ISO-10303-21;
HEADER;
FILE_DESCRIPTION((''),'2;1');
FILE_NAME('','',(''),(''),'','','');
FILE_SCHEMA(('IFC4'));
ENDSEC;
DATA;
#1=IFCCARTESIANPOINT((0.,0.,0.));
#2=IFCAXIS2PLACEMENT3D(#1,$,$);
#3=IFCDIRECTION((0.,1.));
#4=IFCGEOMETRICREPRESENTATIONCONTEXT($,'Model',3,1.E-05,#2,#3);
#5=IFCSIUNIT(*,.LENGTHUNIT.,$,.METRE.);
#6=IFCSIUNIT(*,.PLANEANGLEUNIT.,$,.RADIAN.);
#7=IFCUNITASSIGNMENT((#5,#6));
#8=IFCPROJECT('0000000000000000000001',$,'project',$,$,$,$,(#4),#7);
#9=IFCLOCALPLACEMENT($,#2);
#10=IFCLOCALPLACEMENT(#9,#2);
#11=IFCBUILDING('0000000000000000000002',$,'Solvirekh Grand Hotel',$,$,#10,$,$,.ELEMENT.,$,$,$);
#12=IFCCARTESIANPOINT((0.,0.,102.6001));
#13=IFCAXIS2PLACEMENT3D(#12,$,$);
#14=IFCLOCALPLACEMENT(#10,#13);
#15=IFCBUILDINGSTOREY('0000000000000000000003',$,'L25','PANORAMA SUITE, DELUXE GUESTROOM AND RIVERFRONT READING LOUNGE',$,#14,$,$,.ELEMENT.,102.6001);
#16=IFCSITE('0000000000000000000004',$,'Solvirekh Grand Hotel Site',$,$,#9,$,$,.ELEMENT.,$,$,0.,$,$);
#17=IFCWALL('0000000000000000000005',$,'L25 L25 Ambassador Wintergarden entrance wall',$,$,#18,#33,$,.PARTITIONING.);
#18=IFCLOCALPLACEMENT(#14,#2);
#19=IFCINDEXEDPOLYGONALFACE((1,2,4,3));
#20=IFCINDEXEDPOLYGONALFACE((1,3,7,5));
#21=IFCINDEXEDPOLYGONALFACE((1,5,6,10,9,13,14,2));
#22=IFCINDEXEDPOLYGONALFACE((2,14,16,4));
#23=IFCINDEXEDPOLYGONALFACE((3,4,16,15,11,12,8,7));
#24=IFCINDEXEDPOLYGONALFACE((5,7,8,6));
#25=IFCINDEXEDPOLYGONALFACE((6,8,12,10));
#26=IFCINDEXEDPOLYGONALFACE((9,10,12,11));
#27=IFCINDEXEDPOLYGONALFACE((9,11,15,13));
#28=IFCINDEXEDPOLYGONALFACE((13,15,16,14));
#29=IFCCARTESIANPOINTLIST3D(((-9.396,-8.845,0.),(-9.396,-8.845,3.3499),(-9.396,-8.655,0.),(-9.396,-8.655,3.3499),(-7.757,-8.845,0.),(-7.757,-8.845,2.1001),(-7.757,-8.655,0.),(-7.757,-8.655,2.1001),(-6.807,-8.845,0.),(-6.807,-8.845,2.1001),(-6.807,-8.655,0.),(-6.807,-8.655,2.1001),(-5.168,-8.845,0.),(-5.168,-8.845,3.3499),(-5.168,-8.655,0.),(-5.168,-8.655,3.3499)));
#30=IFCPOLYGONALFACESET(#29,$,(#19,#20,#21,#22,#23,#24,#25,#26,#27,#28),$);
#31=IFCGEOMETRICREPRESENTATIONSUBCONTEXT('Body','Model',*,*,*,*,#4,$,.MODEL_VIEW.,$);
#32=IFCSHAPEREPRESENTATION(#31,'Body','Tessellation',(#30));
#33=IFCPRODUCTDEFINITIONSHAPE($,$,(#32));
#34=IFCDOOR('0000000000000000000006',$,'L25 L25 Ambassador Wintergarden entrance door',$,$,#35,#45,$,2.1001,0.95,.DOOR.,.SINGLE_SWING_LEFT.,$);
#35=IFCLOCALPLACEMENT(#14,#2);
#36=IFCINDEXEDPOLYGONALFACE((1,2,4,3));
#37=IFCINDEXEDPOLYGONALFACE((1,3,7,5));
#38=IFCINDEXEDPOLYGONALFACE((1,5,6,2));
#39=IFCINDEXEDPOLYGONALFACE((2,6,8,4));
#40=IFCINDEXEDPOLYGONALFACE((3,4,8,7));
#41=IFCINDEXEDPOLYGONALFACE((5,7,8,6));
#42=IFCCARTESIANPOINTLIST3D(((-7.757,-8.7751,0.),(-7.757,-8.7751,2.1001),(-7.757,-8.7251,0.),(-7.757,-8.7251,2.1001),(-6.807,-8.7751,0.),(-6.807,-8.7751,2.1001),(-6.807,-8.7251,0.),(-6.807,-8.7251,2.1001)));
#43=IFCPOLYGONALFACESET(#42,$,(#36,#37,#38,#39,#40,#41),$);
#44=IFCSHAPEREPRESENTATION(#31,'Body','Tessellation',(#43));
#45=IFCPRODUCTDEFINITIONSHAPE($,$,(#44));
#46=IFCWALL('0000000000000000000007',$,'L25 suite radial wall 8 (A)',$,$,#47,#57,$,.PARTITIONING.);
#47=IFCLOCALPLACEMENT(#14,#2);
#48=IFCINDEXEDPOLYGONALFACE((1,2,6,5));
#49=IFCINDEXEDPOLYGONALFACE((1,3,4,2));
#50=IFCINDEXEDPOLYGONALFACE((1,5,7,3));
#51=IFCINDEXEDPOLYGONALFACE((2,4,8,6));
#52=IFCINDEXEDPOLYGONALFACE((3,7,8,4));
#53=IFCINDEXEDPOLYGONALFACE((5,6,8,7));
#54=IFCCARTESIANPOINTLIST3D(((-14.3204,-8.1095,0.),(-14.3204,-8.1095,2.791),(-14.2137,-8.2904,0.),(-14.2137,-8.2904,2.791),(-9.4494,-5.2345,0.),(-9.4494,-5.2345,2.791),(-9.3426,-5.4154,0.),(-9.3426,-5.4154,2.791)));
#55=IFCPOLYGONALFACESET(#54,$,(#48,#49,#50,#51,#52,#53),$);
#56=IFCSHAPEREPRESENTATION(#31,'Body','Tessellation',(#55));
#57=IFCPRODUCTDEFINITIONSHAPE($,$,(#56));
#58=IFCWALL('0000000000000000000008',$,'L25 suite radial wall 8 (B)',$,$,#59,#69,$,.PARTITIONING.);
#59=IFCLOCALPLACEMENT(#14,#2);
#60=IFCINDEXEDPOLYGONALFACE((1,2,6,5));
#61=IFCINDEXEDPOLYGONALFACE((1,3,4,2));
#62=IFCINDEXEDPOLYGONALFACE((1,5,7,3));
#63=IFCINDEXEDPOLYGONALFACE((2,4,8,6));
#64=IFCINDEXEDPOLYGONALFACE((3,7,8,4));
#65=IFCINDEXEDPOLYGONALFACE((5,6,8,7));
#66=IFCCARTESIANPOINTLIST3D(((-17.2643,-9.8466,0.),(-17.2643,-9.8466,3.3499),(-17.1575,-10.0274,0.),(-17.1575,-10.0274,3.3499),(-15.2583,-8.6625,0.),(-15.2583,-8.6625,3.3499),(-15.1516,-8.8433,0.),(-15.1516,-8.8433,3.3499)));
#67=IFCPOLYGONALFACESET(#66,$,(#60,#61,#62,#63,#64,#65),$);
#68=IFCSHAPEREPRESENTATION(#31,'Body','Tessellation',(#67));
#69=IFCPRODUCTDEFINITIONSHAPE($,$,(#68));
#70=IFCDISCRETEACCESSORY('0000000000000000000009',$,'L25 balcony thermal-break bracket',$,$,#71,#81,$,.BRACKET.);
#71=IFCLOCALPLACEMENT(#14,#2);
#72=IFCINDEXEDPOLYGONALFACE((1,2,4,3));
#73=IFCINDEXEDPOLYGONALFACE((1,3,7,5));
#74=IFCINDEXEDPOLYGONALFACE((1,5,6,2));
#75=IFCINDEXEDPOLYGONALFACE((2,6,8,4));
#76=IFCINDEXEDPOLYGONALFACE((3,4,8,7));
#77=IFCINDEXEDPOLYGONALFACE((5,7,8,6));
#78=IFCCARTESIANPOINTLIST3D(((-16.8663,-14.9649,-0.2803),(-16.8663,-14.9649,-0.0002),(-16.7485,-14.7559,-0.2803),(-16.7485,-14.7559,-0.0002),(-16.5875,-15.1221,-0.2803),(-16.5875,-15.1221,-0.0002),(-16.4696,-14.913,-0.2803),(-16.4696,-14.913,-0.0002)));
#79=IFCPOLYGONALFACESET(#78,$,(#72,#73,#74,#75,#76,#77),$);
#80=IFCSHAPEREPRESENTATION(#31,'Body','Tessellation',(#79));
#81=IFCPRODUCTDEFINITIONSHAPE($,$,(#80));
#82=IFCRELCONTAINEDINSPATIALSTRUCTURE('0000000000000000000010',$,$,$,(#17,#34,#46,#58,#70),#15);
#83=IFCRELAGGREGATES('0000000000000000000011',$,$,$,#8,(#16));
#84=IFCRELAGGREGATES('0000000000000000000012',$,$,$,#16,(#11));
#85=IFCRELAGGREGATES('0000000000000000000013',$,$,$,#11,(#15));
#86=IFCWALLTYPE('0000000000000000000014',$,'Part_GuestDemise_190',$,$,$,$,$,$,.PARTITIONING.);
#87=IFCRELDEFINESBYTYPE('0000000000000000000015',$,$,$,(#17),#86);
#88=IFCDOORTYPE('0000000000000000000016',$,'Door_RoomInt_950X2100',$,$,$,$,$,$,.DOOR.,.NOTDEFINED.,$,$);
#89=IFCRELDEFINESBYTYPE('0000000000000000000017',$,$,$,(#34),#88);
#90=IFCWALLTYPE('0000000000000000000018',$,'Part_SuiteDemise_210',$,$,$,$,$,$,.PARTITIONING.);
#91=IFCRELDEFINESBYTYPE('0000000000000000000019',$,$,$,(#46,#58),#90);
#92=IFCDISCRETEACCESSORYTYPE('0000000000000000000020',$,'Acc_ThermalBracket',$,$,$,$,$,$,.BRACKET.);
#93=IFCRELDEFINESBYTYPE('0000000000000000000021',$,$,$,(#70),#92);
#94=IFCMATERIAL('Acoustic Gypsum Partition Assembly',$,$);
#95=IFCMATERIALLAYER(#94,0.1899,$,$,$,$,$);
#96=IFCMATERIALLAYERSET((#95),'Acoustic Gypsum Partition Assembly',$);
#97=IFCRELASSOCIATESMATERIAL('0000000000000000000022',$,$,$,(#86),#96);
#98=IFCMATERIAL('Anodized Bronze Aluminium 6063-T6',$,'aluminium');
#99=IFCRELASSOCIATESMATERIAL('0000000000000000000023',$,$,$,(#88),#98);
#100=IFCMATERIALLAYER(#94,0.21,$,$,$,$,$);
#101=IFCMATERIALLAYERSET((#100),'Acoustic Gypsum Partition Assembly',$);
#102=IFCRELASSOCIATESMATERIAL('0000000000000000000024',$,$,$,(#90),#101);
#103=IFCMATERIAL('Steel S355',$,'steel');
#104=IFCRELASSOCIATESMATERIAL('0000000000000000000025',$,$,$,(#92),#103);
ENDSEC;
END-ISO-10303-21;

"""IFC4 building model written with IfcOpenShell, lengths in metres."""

from ifc_helpers import new_model, si_unit, direction, frame, frame_2d, origin, origin_2d, place, context, subcontext, project, spatial, rectangle, extrude, material, layer, layer_set, type_object, element, fill, save


model = new_model("IFC4")

# Units and contexts
model_context = context("Model", 3, precision=1e-05, world=origin(), true_north=direction((0.0, 1.0)))
body_context = subcontext(model_context, "Body", "Model", "MODEL_VIEW")
ifc_project = project(units=[si_unit("LENGTHUNIT", "METRE"), si_unit("PLANEANGLEUNIT", "RADIAN")], contexts=[model_context])

# Site, building, storey
site_placement = place(None, origin())
site = spatial("IfcSite", under=ifc_project, at=site_placement, Name="Solvirekh Grand Hotel Site", CompositionType="ELEMENT", RefElevation=0.0)
building_placement = place(site_placement, origin())
building = spatial("IfcBuilding", under=site, at=building_placement, Name="Solvirekh Grand Hotel", CompositionType="ELEMENT")
storey_placement = place(building_placement, frame((0.0, 0.0, 102.6001)))
storey = spatial("IfcBuildingStorey", under=building, at=storey_placement, Name="L25", Description="PANORAMA SUITE, DELUXE GUESTROOM AND RIVERFRONT READING LOUNGE", CompositionType="ELEMENT", Elevation=102.6001)

# Shared definitions
ifc_material_1 = material(Name="Steel S355", Category="steel")

# Shared definitions
ifc_material_2 = material(Name="Anodized Bronze Aluminium 6063-T6", Category="aluminium")

# Shared definitions
ifc_material_3 = material(Name="Acoustic Gypsum Partition Assembly")

# Wall, opening, door
ifc_layer_1 = layer(ifc_material_3, 0.1899)
ifc_layer_set_1 = layer_set([ifc_layer_1], Name="Acoustic Gypsum Partition Assembly")
wall_type_1 = type_object("IfcWallType", Name="Part_GuestDemise_190", PredefinedType="PARTITIONING", material=ifc_layer_set_1)
wall_1_placement = place(storey_placement, frame((-9.396, -8.75, 0.0), z_axis=(0.0, 0.0, 1.0), x_axis=(1.0, 0.0, 0.0)))
wall_1 = element("IfcWall", 1, at=wall_1_placement, inside=storey, type_object=wall_type_1, Name="L25 L25 Ambassador Wintergarden entrance wall", PredefinedType="PARTITIONING", context=body_context, shape_type="SweptSolid", body=[
    extrude(rectangle(XDim=4.228, YDim=0.1899, at=frame_2d((2.114, 0.0))), origin(), (0.0, 0.0, 1.0), 3.3499),
])
opening_1_placement = place(wall_1_placement, frame((1.6389, 0.0, 0.0)))
opening_1 = element("IfcOpeningElement", 2, at=opening_1_placement, cuts=wall_1, PredefinedType="OPENING", context=body_context, shape_type="SweptSolid", body=[
    extrude(rectangle(XDim=0.95, YDim=2.1001, at=frame_2d((0.4751, 1.05))), frame((0.0, 0.105, 0.0), z_axis=(0.0, -1.0, 0.0), x_axis=(1.0, 0.0, 0.0)), (0.0, 0.0, 1.0), 0.21),
])
door_type_1 = type_object("IfcDoorType", Name="Door_RoomInt_950X2100", OperationType="NOTDEFINED", PredefinedType="DOOR", material=ifc_material_2)
door_1_placement = place(opening_1_placement, origin())
door_1 = element("IfcDoor", 3, at=door_1_placement, inside=storey, type_object=door_type_1, Name="L25 L25 Ambassador Wintergarden entrance door", OperationType="SINGLE_SWING_LEFT", OverallHeight=2.1001, OverallWidth=0.95, PredefinedType="DOOR", context=body_context, shape_type="SweptSolid", body=[
    extrude(rectangle(XDim=0.95, YDim=2.1001, at=frame_2d((0.4751, 1.05))), frame((0.0, 0.0249, 0.0), z_axis=(0.0, -1.0, 0.0), x_axis=(1.0, 0.0, 0.0)), (0.0, 0.0, 1.0), 0.05),
])
fill(opening_1, door_1)

# Walls
ifc_layer_2 = layer(ifc_material_3, 0.21)
ifc_layer_set_2 = layer_set([ifc_layer_2], Name="Acoustic Gypsum Partition Assembly")
wall_type_2 = type_object("IfcWallType", Name="Part_SuiteDemise_210", PredefinedType="PARTITIONING", material=ifc_layer_set_2)
wall_2_placement = place(storey_placement, frame((-9.396, -5.325, 0.0), z_axis=(0.0, 0.0, 1.0), x_axis=(-0.861188, -0.508287, 0.0)))
element("IfcWall", 4, at=wall_2_placement, inside=storey, type_object=wall_type_2, Name="L25 suite radial wall 8 (A)", PredefinedType="PARTITIONING", context=body_context, shape_type="SweptSolid", body=[
    extrude(rectangle(XDim=5.6562, YDim=0.21, at=frame_2d((2.8281, 0.0))), origin(), (0.0, 0.0, 1.0), 2.791),
])
wall_3_placement = place(storey_placement, frame((-15.2051, -8.7529, 0.0), z_axis=(0.0, 0.0, 1.0), x_axis=(-0.861152, -0.508348, 0.0)))
element("IfcWall", 5, at=wall_3_placement, inside=storey, type_object=wall_type_2, Name="L25 suite radial wall 8 (B)", PredefinedType="PARTITIONING", context=body_context, shape_type="SweptSolid", body=[
    extrude(rectangle(XDim=2.3293, YDim=0.21, at=frame_2d((1.1646, 0.0))), origin(), (0.0, 0.0, 1.0), 3.3499),
])

# Discrete accessory
discrete_accessory_type = type_object("IfcDiscreteAccessoryType", Name="Acc_ThermalBracket", PredefinedType="BRACKET", material=ifc_material_1)
discrete_accessory_placement = place(storey_placement, frame((-16.668, -14.939, -0.2803), z_axis=(0.0, 0.0, 1.0), x_axis=(0.871214, -0.490904, 0.0)))
element("IfcDiscreteAccessory", 6, at=discrete_accessory_placement, inside=storey, type_object=discrete_accessory_type, Name="L25 balcony thermal-break bracket", PredefinedType="BRACKET", context=body_context, shape_type="SweptSolid", body=[
    extrude(rectangle(XDim=0.3201, YDim=0.24, at=origin_2d()), origin(), (0.0, 0.0, 1.0), 0.28),
])

save(model, "model.ifc")
